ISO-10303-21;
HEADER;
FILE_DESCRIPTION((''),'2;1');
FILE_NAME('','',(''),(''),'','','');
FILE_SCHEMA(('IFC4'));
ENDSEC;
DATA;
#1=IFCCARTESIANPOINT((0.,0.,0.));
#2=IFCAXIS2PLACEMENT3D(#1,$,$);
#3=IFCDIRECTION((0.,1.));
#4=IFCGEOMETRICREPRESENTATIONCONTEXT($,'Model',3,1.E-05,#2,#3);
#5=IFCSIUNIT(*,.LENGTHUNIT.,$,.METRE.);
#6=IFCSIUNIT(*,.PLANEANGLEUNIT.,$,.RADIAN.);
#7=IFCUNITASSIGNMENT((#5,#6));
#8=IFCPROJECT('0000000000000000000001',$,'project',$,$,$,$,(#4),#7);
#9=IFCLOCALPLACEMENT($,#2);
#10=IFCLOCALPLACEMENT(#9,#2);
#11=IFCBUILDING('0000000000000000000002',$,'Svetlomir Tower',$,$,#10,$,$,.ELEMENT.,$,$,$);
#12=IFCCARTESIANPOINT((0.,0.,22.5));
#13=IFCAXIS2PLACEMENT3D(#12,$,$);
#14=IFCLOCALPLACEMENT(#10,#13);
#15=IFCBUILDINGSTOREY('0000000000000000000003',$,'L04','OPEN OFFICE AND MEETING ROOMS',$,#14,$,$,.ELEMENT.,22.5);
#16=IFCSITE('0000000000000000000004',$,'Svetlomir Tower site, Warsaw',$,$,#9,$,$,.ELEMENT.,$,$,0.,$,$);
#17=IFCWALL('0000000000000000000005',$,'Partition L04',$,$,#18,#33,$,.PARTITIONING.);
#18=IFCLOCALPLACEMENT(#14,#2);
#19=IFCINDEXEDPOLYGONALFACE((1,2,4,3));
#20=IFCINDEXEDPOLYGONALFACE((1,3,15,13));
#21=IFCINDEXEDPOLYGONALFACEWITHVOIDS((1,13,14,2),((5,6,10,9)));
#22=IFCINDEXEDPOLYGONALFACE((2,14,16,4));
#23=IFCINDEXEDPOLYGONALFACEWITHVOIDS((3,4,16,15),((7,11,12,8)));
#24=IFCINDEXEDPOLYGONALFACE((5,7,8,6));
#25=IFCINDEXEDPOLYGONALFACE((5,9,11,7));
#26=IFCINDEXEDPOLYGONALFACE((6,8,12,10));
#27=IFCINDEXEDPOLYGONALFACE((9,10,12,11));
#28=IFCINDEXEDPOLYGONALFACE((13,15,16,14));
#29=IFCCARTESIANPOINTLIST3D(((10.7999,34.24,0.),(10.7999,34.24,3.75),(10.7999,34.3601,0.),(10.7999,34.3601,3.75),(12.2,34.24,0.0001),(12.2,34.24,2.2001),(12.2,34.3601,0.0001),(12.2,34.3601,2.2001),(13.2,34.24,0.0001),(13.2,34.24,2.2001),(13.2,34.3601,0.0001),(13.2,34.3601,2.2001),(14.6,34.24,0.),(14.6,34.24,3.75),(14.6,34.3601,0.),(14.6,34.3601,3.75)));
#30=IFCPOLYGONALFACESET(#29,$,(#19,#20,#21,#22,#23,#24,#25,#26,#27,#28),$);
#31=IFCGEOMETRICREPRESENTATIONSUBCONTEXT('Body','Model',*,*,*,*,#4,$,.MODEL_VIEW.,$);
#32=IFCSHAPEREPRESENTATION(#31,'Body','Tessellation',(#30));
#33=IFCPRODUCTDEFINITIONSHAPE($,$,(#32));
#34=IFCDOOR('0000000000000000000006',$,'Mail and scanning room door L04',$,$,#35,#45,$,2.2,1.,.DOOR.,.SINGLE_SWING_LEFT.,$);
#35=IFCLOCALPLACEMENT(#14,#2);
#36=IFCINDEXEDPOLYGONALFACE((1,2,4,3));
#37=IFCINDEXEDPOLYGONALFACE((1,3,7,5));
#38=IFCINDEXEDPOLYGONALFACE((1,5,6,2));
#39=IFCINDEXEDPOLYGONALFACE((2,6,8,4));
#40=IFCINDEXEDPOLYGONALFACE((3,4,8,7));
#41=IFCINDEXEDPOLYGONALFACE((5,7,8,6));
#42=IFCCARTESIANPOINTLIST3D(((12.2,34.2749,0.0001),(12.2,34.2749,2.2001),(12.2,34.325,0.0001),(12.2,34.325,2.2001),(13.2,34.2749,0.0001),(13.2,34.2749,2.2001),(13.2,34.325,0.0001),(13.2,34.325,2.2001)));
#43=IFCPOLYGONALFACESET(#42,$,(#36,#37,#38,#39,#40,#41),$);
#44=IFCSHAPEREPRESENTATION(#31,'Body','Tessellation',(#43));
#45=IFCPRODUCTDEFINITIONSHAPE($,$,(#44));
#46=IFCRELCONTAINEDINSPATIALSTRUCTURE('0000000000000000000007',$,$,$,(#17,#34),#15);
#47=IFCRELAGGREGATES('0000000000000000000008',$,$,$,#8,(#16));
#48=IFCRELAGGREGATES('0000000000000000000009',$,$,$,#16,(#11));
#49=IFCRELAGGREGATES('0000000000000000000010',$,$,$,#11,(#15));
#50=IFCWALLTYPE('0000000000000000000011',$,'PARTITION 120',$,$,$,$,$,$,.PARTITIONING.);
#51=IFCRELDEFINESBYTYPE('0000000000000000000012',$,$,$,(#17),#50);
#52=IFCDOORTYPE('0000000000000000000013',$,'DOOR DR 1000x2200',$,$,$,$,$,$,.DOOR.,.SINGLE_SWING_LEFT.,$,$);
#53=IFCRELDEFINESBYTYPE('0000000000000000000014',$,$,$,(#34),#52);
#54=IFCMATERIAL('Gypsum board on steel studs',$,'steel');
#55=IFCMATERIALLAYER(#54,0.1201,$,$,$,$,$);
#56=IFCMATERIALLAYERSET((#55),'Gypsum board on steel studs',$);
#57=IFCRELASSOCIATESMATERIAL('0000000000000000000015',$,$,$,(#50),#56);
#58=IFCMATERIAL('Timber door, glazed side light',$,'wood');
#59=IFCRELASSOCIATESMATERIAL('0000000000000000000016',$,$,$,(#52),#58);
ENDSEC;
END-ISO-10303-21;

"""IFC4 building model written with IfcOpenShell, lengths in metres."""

from ifc_helpers import new_model, si_unit, direction, frame, frame_2d, origin, place, context, subcontext, project, spatial, rectangle, extrude, material, layer, layer_set, type_object, element, fill, save


model = new_model("IFC4")

# Units and contexts
model_context = context("Model", 3, precision=1e-05, world=origin(), true_north=direction((0.0, 1.0)))
body_context = subcontext(model_context, "Body", "Model", "MODEL_VIEW")
ifc_project = project(units=[si_unit("LENGTHUNIT", "METRE"), si_unit("PLANEANGLEUNIT", "RADIAN")], contexts=[model_context])

# Site, building, storey
site_placement = place(None, origin())
site = spatial("IfcSite", under=ifc_project, at=site_placement, Name="Svetlomir Tower site, Warsaw", CompositionType="ELEMENT", RefElevation=0.0)
building_placement = place(site_placement, origin())
building = spatial("IfcBuilding", under=site, at=building_placement, Name="Svetlomir Tower", CompositionType="ELEMENT")
storey_placement = place(building_placement, frame((0.0, 0.0, 22.5)))
storey = spatial("IfcBuildingStorey", under=building, at=storey_placement, Name="L04", Description="OPEN OFFICE AND MEETING ROOMS", CompositionType="ELEMENT", Elevation=22.5)

# Shared definitions
ifc_material_1 = material(Name="Gypsum board on steel studs", Category="steel")
ifc_layer_1 = layer(ifc_material_1, 0.1201)
ifc_layer_set_1 = layer_set([ifc_layer_1], Name="Gypsum board on steel studs")
wall_type_1 = type_object("IfcWallType", Name="PARTITION 120", PredefinedType="PARTITIONING", material=ifc_layer_set_1)

# Shared definitions
ifc_material_2 = material(Name="Timber door, glazed side light", Category="wood")
door_type_1 = type_object("IfcDoorType", Name="DOOR DR 1000x2200", OperationType="SINGLE_SWING_LEFT", PredefinedType="DOOR", material=ifc_material_2)

# Wall, opening, door
wall_1_placement = place(storey_placement, frame((10.8, 34.3, 0.0), z_axis=(0.0, 0.0, 1.0), x_axis=(1.0, 0.0, 0.0)))
wall_1 = element("IfcWall", 1, at=wall_1_placement, inside=storey, type_object=wall_type_1, Name="Partition L04", PredefinedType="PARTITIONING", context=body_context, shape_type="SweptSolid", body=[
    extrude(rectangle(XDim=3.8, YDim=0.1201, at=frame_2d((1.8999, 0.0))), origin(), (0.0, 0.0, 1.0), 3.75),
])
opening_1_placement = place(wall_1_placement, frame((1.3999, 0.0, 0.0)))
opening_1 = element("IfcOpeningElement", 2, at=opening_1_placement, cuts=wall_1, PredefinedType="OPENING", context=body_context, shape_type="SweptSolid", body=[
    extrude(rectangle(XDim=1.0, YDim=2.2, at=frame_2d((0.5, 1.1001))), frame((0.0, 0.0701, 0.0), z_axis=(0.0, -1.0, 0.0), x_axis=(1.0, 0.0, 0.0)), (0.0, 0.0, 1.0), 0.1401),
])
door_1_placement = place(opening_1_placement, origin())
door_1 = element("IfcDoor", 3, at=door_1_placement, inside=storey, type_object=door_type_1, Name="Mail and scanning room door L04", OperationType="SINGLE_SWING_LEFT", OverallHeight=2.2, OverallWidth=1.0, PredefinedType="DOOR", context=body_context, shape_type="SweptSolid", body=[
    extrude(rectangle(XDim=1.0, YDim=2.2, at=frame_2d((0.5, 1.1001))), frame((0.0, 0.0249, 0.0), z_axis=(0.0, -1.0, 0.0), x_axis=(1.0, 0.0, 0.0)), (0.0, 0.0, 1.0), 0.05),
])
fill(opening_1, door_1)

save(model, "model.ifc")
